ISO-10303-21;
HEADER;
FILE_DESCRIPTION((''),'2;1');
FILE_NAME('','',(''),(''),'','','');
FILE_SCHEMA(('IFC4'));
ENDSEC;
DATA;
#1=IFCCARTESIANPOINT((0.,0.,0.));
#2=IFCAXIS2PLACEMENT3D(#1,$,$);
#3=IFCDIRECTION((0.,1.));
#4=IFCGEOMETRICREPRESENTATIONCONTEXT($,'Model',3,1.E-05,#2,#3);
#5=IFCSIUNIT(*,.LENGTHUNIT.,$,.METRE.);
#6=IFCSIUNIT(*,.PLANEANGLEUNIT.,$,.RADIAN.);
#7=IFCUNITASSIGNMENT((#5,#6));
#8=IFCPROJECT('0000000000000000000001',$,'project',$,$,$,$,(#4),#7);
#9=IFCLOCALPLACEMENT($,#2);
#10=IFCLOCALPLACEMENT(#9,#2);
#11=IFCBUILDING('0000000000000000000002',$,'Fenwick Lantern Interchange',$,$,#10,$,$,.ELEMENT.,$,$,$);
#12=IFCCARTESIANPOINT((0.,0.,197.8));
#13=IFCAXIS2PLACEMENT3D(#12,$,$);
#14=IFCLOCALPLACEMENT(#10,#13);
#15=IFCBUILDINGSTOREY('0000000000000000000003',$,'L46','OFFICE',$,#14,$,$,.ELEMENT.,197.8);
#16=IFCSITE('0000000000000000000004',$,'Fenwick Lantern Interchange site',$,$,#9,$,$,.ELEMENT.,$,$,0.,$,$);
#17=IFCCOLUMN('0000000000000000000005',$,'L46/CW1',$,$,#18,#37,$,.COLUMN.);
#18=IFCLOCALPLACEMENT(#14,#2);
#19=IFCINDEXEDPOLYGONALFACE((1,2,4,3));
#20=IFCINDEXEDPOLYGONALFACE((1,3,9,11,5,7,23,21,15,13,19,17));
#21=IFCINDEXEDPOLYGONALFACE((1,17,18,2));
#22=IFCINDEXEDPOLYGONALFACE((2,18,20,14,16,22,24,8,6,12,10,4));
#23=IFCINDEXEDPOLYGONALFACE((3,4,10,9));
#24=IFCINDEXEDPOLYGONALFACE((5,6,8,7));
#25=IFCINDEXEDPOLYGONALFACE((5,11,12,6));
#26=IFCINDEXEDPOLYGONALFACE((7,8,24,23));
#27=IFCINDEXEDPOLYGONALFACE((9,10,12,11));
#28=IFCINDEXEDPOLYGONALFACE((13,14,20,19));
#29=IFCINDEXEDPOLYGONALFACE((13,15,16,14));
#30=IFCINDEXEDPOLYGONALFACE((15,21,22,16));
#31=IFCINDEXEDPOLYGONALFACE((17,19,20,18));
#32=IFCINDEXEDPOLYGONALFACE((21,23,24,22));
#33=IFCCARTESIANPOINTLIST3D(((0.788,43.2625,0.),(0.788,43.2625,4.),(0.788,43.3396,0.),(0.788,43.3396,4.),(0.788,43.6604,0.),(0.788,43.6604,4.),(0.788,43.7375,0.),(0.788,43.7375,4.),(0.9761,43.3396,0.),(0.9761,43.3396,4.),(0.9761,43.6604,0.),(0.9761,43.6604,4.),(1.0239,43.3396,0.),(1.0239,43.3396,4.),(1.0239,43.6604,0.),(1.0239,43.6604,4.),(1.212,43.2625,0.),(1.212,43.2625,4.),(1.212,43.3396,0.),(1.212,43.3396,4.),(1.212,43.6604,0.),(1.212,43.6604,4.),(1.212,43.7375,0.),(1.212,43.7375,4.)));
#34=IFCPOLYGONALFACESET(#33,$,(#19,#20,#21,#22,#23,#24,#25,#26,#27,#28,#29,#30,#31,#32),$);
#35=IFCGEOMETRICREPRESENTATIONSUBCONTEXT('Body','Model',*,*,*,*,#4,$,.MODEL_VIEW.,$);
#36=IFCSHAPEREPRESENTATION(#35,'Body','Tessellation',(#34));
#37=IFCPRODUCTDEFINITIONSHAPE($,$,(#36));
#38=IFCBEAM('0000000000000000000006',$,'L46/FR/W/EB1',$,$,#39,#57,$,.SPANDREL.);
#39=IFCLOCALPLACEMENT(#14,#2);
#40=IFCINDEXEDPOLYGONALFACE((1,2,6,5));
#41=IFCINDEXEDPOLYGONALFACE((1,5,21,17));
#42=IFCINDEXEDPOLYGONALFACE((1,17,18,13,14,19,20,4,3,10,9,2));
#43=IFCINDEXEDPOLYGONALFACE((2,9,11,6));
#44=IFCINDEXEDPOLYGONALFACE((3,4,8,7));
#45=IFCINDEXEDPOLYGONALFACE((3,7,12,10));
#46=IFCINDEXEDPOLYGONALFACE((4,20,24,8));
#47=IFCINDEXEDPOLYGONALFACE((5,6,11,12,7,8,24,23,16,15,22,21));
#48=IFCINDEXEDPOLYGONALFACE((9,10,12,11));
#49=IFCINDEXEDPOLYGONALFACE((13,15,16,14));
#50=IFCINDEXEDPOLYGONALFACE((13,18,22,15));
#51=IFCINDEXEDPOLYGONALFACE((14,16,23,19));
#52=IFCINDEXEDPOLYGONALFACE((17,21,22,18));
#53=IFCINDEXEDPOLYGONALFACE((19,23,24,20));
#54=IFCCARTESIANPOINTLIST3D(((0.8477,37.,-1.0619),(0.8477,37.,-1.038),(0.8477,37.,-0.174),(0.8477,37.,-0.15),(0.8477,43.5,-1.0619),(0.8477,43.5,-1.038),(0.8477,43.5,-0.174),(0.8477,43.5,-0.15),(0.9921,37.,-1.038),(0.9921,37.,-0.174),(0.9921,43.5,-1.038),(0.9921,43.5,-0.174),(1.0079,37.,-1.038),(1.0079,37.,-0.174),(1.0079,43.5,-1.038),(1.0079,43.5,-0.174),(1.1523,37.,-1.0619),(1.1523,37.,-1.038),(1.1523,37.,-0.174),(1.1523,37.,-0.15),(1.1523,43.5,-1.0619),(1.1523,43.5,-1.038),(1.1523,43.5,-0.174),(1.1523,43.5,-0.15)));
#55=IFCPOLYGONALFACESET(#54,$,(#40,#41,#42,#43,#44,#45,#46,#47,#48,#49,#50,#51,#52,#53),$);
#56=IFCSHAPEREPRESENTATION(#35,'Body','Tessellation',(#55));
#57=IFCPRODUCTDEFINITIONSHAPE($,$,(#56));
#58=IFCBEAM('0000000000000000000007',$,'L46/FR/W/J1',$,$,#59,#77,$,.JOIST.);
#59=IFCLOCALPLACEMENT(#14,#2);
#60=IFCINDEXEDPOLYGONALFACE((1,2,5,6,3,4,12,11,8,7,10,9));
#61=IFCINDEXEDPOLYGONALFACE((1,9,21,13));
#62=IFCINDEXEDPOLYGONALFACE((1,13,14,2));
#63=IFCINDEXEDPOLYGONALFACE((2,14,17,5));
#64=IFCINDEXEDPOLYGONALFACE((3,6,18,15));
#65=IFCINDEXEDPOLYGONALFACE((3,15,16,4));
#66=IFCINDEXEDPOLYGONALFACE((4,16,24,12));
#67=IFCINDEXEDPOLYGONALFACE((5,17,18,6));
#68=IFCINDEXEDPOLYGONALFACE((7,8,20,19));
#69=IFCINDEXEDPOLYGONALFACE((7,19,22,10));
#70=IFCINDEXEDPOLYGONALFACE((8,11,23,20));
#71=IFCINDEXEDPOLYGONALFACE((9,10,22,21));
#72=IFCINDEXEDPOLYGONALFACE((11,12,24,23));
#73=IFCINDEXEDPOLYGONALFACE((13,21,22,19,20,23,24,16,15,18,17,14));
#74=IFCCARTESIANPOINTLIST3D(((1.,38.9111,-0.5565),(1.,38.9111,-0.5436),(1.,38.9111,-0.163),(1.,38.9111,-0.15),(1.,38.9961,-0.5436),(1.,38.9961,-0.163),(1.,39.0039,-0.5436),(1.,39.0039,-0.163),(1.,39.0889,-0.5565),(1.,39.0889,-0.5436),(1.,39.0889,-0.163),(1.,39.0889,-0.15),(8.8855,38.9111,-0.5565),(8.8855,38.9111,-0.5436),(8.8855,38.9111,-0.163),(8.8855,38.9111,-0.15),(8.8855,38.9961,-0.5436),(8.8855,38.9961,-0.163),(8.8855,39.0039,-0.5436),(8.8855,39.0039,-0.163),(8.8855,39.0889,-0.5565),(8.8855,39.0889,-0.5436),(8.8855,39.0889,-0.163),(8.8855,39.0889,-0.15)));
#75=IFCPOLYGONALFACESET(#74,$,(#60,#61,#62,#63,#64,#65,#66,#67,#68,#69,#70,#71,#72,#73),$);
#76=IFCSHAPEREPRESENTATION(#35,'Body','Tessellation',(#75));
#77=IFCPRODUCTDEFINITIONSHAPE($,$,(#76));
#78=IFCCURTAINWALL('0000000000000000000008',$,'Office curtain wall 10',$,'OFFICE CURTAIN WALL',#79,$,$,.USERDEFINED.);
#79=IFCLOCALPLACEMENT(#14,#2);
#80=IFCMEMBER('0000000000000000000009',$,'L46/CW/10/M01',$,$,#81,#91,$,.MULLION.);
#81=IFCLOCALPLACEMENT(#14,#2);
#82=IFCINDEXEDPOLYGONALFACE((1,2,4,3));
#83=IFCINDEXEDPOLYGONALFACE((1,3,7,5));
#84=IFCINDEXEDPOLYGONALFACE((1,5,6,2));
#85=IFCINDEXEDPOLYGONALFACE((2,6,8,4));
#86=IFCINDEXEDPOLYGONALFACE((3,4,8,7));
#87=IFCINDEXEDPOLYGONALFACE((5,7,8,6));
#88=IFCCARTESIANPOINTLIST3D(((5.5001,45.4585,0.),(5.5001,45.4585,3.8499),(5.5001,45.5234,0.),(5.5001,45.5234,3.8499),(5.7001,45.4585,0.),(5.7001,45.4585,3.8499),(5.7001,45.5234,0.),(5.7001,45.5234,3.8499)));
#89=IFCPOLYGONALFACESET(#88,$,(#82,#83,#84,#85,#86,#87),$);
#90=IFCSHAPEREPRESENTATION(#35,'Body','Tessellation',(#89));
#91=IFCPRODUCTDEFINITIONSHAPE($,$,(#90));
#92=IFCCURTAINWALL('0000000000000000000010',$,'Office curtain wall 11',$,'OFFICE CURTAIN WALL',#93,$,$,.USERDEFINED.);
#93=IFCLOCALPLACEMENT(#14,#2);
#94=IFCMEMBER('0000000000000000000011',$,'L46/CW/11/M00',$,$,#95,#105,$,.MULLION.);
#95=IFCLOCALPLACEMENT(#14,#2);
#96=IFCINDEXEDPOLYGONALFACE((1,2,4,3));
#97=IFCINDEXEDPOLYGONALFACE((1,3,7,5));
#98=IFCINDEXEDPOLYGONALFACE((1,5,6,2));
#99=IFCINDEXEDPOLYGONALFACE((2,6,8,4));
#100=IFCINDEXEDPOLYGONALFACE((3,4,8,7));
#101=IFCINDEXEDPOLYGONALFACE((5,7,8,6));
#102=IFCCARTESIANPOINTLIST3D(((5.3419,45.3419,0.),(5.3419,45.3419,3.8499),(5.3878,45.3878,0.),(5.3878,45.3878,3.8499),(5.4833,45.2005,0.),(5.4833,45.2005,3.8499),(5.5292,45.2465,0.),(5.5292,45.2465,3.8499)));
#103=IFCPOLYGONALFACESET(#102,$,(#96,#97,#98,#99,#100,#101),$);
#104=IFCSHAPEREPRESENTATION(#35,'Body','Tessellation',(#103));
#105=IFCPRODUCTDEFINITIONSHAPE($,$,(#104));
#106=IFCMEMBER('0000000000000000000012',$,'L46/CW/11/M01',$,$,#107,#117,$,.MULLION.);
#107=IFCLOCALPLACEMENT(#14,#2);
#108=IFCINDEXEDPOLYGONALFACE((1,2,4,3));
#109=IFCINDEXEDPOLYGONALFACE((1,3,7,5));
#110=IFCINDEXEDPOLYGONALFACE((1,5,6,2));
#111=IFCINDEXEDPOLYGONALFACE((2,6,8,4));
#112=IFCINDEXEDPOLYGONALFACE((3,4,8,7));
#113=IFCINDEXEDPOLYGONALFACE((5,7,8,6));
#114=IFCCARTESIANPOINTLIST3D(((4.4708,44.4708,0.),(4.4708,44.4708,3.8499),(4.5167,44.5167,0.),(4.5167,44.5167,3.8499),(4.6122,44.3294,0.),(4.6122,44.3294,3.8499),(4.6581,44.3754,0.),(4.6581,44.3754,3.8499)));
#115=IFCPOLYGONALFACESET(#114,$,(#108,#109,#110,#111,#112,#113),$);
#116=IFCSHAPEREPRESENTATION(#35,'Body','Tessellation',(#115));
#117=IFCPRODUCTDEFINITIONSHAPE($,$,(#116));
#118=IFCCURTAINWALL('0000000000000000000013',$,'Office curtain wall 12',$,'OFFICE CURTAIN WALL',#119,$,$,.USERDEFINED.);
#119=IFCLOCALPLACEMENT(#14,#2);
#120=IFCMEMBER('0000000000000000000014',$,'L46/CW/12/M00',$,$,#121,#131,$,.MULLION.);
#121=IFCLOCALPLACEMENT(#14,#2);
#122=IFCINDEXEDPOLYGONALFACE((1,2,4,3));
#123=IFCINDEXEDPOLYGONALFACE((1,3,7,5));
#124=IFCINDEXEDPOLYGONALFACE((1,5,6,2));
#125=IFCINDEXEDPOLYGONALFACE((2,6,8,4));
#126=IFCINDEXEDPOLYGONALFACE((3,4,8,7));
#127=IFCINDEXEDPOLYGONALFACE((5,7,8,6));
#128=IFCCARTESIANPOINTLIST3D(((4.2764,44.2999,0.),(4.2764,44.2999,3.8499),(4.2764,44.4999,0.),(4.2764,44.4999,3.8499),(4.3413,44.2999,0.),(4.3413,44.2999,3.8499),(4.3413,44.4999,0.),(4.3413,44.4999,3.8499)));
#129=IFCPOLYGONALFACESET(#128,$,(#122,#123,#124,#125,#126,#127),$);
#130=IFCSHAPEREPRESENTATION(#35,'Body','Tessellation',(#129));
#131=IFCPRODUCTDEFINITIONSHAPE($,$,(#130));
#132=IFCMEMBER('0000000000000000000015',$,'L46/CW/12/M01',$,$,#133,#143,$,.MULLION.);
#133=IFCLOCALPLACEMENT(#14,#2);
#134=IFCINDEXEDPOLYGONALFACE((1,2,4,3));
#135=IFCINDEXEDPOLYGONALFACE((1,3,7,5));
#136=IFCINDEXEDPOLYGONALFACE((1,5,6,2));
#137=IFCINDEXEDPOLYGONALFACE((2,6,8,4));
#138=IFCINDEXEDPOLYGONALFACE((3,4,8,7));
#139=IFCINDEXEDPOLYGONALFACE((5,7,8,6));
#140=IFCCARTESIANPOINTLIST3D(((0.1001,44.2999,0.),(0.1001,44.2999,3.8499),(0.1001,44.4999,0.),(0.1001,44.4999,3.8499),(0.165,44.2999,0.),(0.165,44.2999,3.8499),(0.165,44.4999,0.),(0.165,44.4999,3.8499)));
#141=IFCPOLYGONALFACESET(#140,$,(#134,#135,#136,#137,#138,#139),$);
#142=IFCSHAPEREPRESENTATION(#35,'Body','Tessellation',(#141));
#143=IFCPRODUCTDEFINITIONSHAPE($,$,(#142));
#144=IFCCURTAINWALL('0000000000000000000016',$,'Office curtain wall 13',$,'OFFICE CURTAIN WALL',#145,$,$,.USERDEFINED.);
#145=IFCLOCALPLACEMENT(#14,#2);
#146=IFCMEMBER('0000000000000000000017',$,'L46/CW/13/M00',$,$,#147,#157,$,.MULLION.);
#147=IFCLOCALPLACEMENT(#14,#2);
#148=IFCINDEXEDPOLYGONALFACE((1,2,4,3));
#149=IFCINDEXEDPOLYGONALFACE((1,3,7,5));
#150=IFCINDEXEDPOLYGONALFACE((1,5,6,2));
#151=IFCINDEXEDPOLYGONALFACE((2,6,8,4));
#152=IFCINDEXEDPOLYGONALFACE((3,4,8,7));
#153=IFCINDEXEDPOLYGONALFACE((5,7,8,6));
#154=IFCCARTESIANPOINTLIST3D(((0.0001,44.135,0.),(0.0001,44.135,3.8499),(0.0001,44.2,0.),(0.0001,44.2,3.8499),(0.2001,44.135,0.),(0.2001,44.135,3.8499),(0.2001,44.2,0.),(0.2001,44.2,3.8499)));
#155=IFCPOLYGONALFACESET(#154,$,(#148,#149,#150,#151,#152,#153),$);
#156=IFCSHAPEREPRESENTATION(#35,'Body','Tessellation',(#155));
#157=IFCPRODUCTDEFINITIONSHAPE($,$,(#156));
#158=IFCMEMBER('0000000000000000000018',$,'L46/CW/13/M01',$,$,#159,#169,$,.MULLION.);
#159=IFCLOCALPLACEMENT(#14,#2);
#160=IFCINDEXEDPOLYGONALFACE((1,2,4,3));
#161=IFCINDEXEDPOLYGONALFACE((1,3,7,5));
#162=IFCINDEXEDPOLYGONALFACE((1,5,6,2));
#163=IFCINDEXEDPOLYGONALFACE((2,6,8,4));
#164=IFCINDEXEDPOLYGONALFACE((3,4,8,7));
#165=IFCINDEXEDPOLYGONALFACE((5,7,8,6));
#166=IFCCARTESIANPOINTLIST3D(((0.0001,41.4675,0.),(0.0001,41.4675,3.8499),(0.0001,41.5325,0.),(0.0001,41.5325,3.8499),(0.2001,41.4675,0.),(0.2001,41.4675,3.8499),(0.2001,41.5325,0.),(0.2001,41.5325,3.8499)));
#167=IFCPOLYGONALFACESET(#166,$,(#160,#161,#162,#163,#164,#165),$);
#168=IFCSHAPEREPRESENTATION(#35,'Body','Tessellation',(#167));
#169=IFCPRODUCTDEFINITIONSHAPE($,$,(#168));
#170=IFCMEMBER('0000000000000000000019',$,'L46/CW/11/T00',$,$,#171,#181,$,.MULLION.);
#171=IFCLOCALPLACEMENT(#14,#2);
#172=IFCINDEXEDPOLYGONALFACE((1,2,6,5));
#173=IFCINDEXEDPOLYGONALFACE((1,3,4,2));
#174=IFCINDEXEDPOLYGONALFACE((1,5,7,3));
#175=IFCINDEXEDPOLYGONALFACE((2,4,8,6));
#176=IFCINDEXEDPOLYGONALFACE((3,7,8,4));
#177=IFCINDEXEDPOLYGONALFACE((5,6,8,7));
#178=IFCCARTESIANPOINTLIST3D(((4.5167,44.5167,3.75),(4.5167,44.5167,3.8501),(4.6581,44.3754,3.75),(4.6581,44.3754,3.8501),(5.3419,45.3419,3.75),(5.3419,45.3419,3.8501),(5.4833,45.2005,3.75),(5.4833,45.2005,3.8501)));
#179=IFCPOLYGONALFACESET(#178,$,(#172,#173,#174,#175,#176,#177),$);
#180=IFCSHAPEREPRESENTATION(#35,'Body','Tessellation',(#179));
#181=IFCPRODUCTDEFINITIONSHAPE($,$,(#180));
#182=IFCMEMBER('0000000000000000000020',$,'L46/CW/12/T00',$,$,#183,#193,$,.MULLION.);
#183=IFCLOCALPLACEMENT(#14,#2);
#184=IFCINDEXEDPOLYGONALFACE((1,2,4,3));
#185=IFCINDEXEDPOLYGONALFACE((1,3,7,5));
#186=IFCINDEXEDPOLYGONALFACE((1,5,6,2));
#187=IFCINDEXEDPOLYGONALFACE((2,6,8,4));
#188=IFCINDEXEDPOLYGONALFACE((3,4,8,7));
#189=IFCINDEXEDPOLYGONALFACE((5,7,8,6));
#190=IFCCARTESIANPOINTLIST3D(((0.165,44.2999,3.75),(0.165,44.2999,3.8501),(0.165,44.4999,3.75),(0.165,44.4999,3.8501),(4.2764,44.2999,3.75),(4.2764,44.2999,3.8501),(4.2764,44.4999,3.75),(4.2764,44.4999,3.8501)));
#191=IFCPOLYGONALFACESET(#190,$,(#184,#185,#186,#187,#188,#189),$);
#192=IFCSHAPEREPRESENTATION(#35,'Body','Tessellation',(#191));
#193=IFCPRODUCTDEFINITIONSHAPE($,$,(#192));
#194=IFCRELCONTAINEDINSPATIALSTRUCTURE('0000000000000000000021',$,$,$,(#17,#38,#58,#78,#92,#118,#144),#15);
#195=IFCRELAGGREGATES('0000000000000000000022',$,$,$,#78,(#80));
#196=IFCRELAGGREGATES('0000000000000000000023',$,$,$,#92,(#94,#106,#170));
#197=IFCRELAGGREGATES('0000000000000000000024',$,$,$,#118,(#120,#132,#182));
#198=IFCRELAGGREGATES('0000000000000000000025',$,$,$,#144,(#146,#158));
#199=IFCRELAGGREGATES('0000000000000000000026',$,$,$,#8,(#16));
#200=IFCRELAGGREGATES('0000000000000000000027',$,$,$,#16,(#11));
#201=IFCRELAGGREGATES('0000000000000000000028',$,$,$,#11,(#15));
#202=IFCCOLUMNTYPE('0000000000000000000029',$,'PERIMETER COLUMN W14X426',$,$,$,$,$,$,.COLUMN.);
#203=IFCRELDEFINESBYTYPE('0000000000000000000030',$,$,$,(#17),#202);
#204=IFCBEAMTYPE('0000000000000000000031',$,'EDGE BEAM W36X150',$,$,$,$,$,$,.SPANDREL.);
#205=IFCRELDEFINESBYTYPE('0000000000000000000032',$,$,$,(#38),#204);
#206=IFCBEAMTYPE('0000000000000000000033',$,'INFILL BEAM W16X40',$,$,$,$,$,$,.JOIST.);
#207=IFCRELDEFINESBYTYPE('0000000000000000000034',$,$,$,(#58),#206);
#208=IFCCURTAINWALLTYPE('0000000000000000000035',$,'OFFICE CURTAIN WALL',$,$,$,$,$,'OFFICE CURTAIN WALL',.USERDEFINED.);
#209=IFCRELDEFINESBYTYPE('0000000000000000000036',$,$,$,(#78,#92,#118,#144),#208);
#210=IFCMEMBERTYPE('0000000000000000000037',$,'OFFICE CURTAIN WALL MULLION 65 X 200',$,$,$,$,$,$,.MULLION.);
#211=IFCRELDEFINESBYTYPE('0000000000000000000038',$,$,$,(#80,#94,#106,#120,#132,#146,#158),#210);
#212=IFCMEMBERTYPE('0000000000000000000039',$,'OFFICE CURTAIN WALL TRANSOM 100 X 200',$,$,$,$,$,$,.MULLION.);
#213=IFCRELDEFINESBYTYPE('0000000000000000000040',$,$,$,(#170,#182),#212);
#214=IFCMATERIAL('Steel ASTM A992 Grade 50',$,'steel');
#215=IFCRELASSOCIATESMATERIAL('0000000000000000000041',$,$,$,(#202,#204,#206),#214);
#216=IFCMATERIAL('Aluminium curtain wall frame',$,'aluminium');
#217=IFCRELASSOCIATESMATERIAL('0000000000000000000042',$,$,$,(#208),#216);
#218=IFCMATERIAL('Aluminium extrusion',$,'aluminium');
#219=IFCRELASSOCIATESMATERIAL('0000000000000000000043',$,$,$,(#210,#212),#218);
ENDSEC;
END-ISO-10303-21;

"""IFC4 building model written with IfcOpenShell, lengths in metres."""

from ifc_helpers import new_model, si_unit, direction, frame, origin, origin_2d, place, context, subcontext, project, spatial, rectangle, i_section, extrude, material, material_profile, profile_set, type_object, element, aggregate, save


model = new_model("IFC4")

# Units and contexts
model_context = context("Model", 3, precision=1e-05, world=origin(), true_north=direction((0.0, 1.0)))
body_context = subcontext(model_context, "Body", "Model", "MODEL_VIEW")
ifc_project = project(units=[si_unit("LENGTHUNIT", "METRE"), si_unit("PLANEANGLEUNIT", "RADIAN")], contexts=[model_context])

# Site, building, storey
site_placement = place(None, origin())
site = spatial("IfcSite", under=ifc_project, at=site_placement, Name="Fenwick Lantern Interchange site", CompositionType="ELEMENT", RefElevation=0.0)
building_placement = place(site_placement, origin())
building = spatial("IfcBuilding", under=site, at=building_placement, Name="Fenwick Lantern Interchange", CompositionType="ELEMENT")
storey_placement = place(building_placement, frame((0.0, 0.0, 197.8)))
storey = spatial("IfcBuildingStorey", under=building, at=storey_placement, Name="L46", Description="OFFICE", CompositionType="ELEMENT", Elevation=197.8)

# Column
ifc_material_1 = material(Name="Steel ASTM A992 Grade 50", Category="steel")
ifc_material_profile_1 = material_profile(ifc_material_1, i_section(OverallWidth=0.4241, OverallDepth=0.4751, WebThickness=0.0479, FlangeThickness=0.0771, at=origin_2d()), Name="W14X426")
ifc_profile_set_1 = profile_set([ifc_material_profile_1], Name="Steel ASTM A992 Grade 50")
column_type = type_object("IfcColumnType", Name="PERIMETER COLUMN W14X426", PredefinedType="COLUMN", material=ifc_profile_set_1)
column_placement = place(storey_placement, frame((1.0, 43.5, 0.0), z_axis=(0.0, 0.0, 1.0), x_axis=(1.0, 0.0, 0.0)))
element("IfcColumn", 1, at=column_placement, inside=storey, type_object=column_type, Name="L46/CW1", PredefinedType="COLUMN", context=body_context, shape_type="SweptSolid", body=[
    extrude(i_section(OverallWidth=0.4241, OverallDepth=0.4751, WebThickness=0.0479, FlangeThickness=0.0771, at=origin_2d()), origin(), (0.0, 0.0, 1.0), 4.0),
])

# Beams
ifc_material_profile_2 = material_profile(ifc_material_1, i_section(OverallWidth=0.3047, OverallDepth=0.9119, WebThickness=0.0159, FlangeThickness=0.0239, at=origin_2d()), Name="W36X150")
ifc_profile_set_2 = profile_set([ifc_material_profile_2], Name="Steel ASTM A992 Grade 50")
beam_type_1 = type_object("IfcBeamType", Name="EDGE BEAM W36X150", PredefinedType="SPANDREL", material=ifc_profile_set_2)
beam_1_placement = place(storey_placement, frame((1.0, 43.5, -0.606), z_axis=(0.0, -1.0, 0.0), x_axis=(1.0, 0.0, 0.0)))
element("IfcBeam", 2, at=beam_1_placement, inside=storey, type_object=beam_type_1, Name="L46/FR/W/EB1", PredefinedType="SPANDREL", context=body_context, shape_type="SweptSolid", body=[
    extrude(i_section(OverallWidth=0.3047, OverallDepth=0.9119, WebThickness=0.0159, FlangeThickness=0.0239, at=origin_2d()), origin(), (0.0, 0.0, 1.0), 6.5),
])
ifc_material_profile_3 = material_profile(ifc_material_1, i_section(OverallWidth=0.1777, OverallDepth=0.4065, WebThickness=0.0078, FlangeThickness=0.0129, at=origin_2d()), Name="W16X40")
ifc_profile_set_3 = profile_set([ifc_material_profile_3], Name="Steel ASTM A992 Grade 50")
beam_type_2 = type_object("IfcBeamType", Name="INFILL BEAM W16X40", PredefinedType="JOIST", material=ifc_profile_set_3)
beam_2_placement = place(storey_placement, frame((1.0, 39.0, -0.3533), z_axis=(1.0, 0.0, 0.0), x_axis=(0.0, 1.0, 0.0)))
element("IfcBeam", 3, at=beam_2_placement, inside=storey, type_object=beam_type_2, Name="L46/FR/W/J1", PredefinedType="JOIST", context=body_context, shape_type="SweptSolid", body=[
    extrude(i_section(OverallWidth=0.1777, OverallDepth=0.4065, WebThickness=0.0078, FlangeThickness=0.0129, at=origin_2d()), origin(), (0.0, 0.0, 1.0), 7.8855),
])

# Curtain wall, member
ifc_material_2 = material(Name="Aluminium curtain wall frame", Category="aluminium")
curtain_wall_type = type_object("IfcCurtainWallType", Name="OFFICE CURTAIN WALL", ElementType="OFFICE CURTAIN WALL", PredefinedType="USERDEFINED", material=ifc_material_2)
curtain_wall_1_placement = place(storey_placement, origin())
curtain_wall_1 = element("IfcCurtainWall", 4, at=curtain_wall_1_placement, inside=storey, type_object=curtain_wall_type, Name="Office curtain wall 10", ObjectType="OFFICE CURTAIN WALL", PredefinedType="USERDEFINED")
ifc_material_3 = material(Name="Aluminium extrusion", Category="aluminium")
ifc_material_profile_4 = material_profile(ifc_material_3, rectangle(XDim=0.2, YDim=0.0649, at=origin_2d()), Name="OFFICE CURTAIN WALL MULLION 65 X 200")
ifc_profile_set_4 = profile_set([ifc_material_profile_4], Name="Aluminium extrusion")
member_type_1 = type_object("IfcMemberType", Name="OFFICE CURTAIN WALL MULLION 65 X 200", PredefinedType="MULLION", material=ifc_profile_set_4)
member_1_placement = place(storey_placement, frame((5.6001, 45.491, 0.0), z_axis=(0.0, 0.0, 1.0), x_axis=(1.0, 0.0, 0.0)))
member_1 = element("IfcMember", 5, at=member_1_placement, type_object=member_type_1, Name="L46/CW/10/M01", PredefinedType="MULLION", context=body_context, shape_type="SweptSolid", body=[
    extrude(rectangle(XDim=0.2, YDim=0.0649, at=origin_2d()), origin(), (0.0, 0.0, 1.0), 3.8499),
])
aggregate(curtain_wall_1, [member_1])

# Curtain walls, members
curtain_wall_2_placement = place(storey_placement, origin())
curtain_wall_2 = element("IfcCurtainWall", 6, at=curtain_wall_2_placement, inside=storey, type_object=curtain_wall_type, Name="Office curtain wall 11", ObjectType="OFFICE CURTAIN WALL", PredefinedType="USERDEFINED")
member_2_placement = place(storey_placement, frame((5.4355, 45.2942, 0.0), z_axis=(0.0, 0.0, 1.0), x_axis=(0.707107, -0.707107, 0.0)))
member_2 = element("IfcMember", 7, at=member_2_placement, type_object=member_type_1, Name="L46/CW/11/M00", PredefinedType="MULLION", context=body_context, shape_type="SweptSolid", body=[
    extrude(rectangle(XDim=0.2, YDim=0.0649, at=origin_2d()), origin(), (0.0, 0.0, 1.0), 3.8499),
])
member_3_placement = place(storey_placement, frame((4.5645, 44.4231, 0.0), z_axis=(0.0, 0.0, 1.0), x_axis=(0.707107, -0.707107, 0.0)))
member_3 = element("IfcMember", 8, at=member_3_placement, type_object=member_type_1, Name="L46/CW/11/M01", PredefinedType="MULLION", context=body_context, shape_type="SweptSolid", body=[
    extrude(rectangle(XDim=0.2, YDim=0.0649, at=origin_2d()), origin(), (0.0, 0.0, 1.0), 3.8499),
])
curtain_wall_3_placement = place(storey_placement, origin())
curtain_wall_3 = element("IfcCurtainWall", 9, at=curtain_wall_3_placement, inside=storey, type_object=curtain_wall_type, Name="Office curtain wall 12", ObjectType="OFFICE CURTAIN WALL", PredefinedType="USERDEFINED")
member_4_placement = place(storey_placement, frame((4.3088, 44.3999, 0.0), z_axis=(0.0, 0.0, 1.0), x_axis=(0.0, -1.0, 0.0)))
member_4 = element("IfcMember", 10, at=member_4_placement, type_object=member_type_1, Name="L46/CW/12/M00", PredefinedType="MULLION", context=body_context, shape_type="SweptSolid", body=[
    extrude(rectangle(XDim=0.2, YDim=0.0649, at=origin_2d()), origin(), (0.0, 0.0, 1.0), 3.8499),
])
member_5_placement = place(storey_placement, frame((0.1326, 44.3999, 0.0), z_axis=(0.0, 0.0, 1.0), x_axis=(0.0, -1.0, 0.0)))
member_5 = element("IfcMember", 11, at=member_5_placement, type_object=member_type_1, Name="L46/CW/12/M01", PredefinedType="MULLION", context=body_context, shape_type="SweptSolid", body=[
    extrude(rectangle(XDim=0.2, YDim=0.0649, at=origin_2d()), origin(), (0.0, 0.0, 1.0), 3.8499),
])
curtain_wall_4_placement = place(storey_placement, origin())
curtain_wall_4 = element("IfcCurtainWall", 12, at=curtain_wall_4_placement, inside=storey, type_object=curtain_wall_type, Name="Office curtain wall 13", ObjectType="OFFICE CURTAIN WALL", PredefinedType="USERDEFINED")
member_6_placement = place(storey_placement, frame((0.1001, 44.1675, 0.0), z_axis=(0.0, 0.0, 1.0), x_axis=(1.0, 0.0, 0.0)))
member_6 = element("IfcMember", 13, at=member_6_placement, type_object=member_type_1, Name="L46/CW/13/M00", PredefinedType="MULLION", context=body_context, shape_type="SweptSolid", body=[
    extrude(rectangle(XDim=0.2, YDim=0.0649, at=origin_2d()), origin(), (0.0, 0.0, 1.0), 3.8499),
])
member_7_placement = place(storey_placement, frame((0.1001, 41.5, 0.0), z_axis=(0.0, 0.0, 1.0), x_axis=(1.0, 0.0, 0.0)))
member_7 = element("IfcMember", 14, at=member_7_placement, type_object=member_type_1, Name="L46/CW/13/M01", PredefinedType="MULLION", context=body_context, shape_type="SweptSolid", body=[
    extrude(rectangle(XDim=0.2, YDim=0.0649, at=origin_2d()), origin(), (0.0, 0.0, 1.0), 3.8499),
])

# Members
ifc_material_profile_5 = material_profile(ifc_material_3, rectangle(XDim=0.2, YDim=0.1001, at=origin_2d()), Name="OFFICE CURTAIN WALL TRANSOM 100 X 200")
ifc_profile_set_5 = profile_set([ifc_material_profile_5], Name="Aluminium extrusion")
member_type_2 = type_object("IfcMemberType", Name="OFFICE CURTAIN WALL TRANSOM 100 X 200", PredefinedType="MULLION", material=ifc_profile_set_5)
member_8_placement = place(storey_placement, frame((5.4126, 45.2712, 3.8), z_axis=(-0.707107, -0.707107, 0.0), x_axis=(0.707107, -0.707107, 0.0)))
member_8 = element("IfcMember", 15, at=member_8_placement, type_object=member_type_2, Name="L46/CW/11/T00", PredefinedType="MULLION", context=body_context, shape_type="SweptSolid", body=[
    extrude(rectangle(XDim=0.2, YDim=0.1001, at=origin_2d()), origin(), (0.0, 0.0, 1.0), 1.167),
])
member_9_placement = place(storey_placement, frame((4.2764, 44.3999, 3.8), z_axis=(-1.0, 0.0, 0.0), x_axis=(0.0, -1.0, 0.0)))
member_9 = element("IfcMember", 16, at=member_9_placement, type_object=member_type_2, Name="L46/CW/12/T00", PredefinedType="MULLION", context=body_context, shape_type="SweptSolid", body=[
    extrude(rectangle(XDim=0.2, YDim=0.1001, at=origin_2d()), origin(), (0.0, 0.0, 1.0), 4.1113),
])

aggregate(curtain_wall_2, [member_2, member_3, member_8])
aggregate(curtain_wall_3, [member_4, member_5, member_9])
aggregate(curtain_wall_4, [member_6, member_7])

save(model, "model.ifc")
